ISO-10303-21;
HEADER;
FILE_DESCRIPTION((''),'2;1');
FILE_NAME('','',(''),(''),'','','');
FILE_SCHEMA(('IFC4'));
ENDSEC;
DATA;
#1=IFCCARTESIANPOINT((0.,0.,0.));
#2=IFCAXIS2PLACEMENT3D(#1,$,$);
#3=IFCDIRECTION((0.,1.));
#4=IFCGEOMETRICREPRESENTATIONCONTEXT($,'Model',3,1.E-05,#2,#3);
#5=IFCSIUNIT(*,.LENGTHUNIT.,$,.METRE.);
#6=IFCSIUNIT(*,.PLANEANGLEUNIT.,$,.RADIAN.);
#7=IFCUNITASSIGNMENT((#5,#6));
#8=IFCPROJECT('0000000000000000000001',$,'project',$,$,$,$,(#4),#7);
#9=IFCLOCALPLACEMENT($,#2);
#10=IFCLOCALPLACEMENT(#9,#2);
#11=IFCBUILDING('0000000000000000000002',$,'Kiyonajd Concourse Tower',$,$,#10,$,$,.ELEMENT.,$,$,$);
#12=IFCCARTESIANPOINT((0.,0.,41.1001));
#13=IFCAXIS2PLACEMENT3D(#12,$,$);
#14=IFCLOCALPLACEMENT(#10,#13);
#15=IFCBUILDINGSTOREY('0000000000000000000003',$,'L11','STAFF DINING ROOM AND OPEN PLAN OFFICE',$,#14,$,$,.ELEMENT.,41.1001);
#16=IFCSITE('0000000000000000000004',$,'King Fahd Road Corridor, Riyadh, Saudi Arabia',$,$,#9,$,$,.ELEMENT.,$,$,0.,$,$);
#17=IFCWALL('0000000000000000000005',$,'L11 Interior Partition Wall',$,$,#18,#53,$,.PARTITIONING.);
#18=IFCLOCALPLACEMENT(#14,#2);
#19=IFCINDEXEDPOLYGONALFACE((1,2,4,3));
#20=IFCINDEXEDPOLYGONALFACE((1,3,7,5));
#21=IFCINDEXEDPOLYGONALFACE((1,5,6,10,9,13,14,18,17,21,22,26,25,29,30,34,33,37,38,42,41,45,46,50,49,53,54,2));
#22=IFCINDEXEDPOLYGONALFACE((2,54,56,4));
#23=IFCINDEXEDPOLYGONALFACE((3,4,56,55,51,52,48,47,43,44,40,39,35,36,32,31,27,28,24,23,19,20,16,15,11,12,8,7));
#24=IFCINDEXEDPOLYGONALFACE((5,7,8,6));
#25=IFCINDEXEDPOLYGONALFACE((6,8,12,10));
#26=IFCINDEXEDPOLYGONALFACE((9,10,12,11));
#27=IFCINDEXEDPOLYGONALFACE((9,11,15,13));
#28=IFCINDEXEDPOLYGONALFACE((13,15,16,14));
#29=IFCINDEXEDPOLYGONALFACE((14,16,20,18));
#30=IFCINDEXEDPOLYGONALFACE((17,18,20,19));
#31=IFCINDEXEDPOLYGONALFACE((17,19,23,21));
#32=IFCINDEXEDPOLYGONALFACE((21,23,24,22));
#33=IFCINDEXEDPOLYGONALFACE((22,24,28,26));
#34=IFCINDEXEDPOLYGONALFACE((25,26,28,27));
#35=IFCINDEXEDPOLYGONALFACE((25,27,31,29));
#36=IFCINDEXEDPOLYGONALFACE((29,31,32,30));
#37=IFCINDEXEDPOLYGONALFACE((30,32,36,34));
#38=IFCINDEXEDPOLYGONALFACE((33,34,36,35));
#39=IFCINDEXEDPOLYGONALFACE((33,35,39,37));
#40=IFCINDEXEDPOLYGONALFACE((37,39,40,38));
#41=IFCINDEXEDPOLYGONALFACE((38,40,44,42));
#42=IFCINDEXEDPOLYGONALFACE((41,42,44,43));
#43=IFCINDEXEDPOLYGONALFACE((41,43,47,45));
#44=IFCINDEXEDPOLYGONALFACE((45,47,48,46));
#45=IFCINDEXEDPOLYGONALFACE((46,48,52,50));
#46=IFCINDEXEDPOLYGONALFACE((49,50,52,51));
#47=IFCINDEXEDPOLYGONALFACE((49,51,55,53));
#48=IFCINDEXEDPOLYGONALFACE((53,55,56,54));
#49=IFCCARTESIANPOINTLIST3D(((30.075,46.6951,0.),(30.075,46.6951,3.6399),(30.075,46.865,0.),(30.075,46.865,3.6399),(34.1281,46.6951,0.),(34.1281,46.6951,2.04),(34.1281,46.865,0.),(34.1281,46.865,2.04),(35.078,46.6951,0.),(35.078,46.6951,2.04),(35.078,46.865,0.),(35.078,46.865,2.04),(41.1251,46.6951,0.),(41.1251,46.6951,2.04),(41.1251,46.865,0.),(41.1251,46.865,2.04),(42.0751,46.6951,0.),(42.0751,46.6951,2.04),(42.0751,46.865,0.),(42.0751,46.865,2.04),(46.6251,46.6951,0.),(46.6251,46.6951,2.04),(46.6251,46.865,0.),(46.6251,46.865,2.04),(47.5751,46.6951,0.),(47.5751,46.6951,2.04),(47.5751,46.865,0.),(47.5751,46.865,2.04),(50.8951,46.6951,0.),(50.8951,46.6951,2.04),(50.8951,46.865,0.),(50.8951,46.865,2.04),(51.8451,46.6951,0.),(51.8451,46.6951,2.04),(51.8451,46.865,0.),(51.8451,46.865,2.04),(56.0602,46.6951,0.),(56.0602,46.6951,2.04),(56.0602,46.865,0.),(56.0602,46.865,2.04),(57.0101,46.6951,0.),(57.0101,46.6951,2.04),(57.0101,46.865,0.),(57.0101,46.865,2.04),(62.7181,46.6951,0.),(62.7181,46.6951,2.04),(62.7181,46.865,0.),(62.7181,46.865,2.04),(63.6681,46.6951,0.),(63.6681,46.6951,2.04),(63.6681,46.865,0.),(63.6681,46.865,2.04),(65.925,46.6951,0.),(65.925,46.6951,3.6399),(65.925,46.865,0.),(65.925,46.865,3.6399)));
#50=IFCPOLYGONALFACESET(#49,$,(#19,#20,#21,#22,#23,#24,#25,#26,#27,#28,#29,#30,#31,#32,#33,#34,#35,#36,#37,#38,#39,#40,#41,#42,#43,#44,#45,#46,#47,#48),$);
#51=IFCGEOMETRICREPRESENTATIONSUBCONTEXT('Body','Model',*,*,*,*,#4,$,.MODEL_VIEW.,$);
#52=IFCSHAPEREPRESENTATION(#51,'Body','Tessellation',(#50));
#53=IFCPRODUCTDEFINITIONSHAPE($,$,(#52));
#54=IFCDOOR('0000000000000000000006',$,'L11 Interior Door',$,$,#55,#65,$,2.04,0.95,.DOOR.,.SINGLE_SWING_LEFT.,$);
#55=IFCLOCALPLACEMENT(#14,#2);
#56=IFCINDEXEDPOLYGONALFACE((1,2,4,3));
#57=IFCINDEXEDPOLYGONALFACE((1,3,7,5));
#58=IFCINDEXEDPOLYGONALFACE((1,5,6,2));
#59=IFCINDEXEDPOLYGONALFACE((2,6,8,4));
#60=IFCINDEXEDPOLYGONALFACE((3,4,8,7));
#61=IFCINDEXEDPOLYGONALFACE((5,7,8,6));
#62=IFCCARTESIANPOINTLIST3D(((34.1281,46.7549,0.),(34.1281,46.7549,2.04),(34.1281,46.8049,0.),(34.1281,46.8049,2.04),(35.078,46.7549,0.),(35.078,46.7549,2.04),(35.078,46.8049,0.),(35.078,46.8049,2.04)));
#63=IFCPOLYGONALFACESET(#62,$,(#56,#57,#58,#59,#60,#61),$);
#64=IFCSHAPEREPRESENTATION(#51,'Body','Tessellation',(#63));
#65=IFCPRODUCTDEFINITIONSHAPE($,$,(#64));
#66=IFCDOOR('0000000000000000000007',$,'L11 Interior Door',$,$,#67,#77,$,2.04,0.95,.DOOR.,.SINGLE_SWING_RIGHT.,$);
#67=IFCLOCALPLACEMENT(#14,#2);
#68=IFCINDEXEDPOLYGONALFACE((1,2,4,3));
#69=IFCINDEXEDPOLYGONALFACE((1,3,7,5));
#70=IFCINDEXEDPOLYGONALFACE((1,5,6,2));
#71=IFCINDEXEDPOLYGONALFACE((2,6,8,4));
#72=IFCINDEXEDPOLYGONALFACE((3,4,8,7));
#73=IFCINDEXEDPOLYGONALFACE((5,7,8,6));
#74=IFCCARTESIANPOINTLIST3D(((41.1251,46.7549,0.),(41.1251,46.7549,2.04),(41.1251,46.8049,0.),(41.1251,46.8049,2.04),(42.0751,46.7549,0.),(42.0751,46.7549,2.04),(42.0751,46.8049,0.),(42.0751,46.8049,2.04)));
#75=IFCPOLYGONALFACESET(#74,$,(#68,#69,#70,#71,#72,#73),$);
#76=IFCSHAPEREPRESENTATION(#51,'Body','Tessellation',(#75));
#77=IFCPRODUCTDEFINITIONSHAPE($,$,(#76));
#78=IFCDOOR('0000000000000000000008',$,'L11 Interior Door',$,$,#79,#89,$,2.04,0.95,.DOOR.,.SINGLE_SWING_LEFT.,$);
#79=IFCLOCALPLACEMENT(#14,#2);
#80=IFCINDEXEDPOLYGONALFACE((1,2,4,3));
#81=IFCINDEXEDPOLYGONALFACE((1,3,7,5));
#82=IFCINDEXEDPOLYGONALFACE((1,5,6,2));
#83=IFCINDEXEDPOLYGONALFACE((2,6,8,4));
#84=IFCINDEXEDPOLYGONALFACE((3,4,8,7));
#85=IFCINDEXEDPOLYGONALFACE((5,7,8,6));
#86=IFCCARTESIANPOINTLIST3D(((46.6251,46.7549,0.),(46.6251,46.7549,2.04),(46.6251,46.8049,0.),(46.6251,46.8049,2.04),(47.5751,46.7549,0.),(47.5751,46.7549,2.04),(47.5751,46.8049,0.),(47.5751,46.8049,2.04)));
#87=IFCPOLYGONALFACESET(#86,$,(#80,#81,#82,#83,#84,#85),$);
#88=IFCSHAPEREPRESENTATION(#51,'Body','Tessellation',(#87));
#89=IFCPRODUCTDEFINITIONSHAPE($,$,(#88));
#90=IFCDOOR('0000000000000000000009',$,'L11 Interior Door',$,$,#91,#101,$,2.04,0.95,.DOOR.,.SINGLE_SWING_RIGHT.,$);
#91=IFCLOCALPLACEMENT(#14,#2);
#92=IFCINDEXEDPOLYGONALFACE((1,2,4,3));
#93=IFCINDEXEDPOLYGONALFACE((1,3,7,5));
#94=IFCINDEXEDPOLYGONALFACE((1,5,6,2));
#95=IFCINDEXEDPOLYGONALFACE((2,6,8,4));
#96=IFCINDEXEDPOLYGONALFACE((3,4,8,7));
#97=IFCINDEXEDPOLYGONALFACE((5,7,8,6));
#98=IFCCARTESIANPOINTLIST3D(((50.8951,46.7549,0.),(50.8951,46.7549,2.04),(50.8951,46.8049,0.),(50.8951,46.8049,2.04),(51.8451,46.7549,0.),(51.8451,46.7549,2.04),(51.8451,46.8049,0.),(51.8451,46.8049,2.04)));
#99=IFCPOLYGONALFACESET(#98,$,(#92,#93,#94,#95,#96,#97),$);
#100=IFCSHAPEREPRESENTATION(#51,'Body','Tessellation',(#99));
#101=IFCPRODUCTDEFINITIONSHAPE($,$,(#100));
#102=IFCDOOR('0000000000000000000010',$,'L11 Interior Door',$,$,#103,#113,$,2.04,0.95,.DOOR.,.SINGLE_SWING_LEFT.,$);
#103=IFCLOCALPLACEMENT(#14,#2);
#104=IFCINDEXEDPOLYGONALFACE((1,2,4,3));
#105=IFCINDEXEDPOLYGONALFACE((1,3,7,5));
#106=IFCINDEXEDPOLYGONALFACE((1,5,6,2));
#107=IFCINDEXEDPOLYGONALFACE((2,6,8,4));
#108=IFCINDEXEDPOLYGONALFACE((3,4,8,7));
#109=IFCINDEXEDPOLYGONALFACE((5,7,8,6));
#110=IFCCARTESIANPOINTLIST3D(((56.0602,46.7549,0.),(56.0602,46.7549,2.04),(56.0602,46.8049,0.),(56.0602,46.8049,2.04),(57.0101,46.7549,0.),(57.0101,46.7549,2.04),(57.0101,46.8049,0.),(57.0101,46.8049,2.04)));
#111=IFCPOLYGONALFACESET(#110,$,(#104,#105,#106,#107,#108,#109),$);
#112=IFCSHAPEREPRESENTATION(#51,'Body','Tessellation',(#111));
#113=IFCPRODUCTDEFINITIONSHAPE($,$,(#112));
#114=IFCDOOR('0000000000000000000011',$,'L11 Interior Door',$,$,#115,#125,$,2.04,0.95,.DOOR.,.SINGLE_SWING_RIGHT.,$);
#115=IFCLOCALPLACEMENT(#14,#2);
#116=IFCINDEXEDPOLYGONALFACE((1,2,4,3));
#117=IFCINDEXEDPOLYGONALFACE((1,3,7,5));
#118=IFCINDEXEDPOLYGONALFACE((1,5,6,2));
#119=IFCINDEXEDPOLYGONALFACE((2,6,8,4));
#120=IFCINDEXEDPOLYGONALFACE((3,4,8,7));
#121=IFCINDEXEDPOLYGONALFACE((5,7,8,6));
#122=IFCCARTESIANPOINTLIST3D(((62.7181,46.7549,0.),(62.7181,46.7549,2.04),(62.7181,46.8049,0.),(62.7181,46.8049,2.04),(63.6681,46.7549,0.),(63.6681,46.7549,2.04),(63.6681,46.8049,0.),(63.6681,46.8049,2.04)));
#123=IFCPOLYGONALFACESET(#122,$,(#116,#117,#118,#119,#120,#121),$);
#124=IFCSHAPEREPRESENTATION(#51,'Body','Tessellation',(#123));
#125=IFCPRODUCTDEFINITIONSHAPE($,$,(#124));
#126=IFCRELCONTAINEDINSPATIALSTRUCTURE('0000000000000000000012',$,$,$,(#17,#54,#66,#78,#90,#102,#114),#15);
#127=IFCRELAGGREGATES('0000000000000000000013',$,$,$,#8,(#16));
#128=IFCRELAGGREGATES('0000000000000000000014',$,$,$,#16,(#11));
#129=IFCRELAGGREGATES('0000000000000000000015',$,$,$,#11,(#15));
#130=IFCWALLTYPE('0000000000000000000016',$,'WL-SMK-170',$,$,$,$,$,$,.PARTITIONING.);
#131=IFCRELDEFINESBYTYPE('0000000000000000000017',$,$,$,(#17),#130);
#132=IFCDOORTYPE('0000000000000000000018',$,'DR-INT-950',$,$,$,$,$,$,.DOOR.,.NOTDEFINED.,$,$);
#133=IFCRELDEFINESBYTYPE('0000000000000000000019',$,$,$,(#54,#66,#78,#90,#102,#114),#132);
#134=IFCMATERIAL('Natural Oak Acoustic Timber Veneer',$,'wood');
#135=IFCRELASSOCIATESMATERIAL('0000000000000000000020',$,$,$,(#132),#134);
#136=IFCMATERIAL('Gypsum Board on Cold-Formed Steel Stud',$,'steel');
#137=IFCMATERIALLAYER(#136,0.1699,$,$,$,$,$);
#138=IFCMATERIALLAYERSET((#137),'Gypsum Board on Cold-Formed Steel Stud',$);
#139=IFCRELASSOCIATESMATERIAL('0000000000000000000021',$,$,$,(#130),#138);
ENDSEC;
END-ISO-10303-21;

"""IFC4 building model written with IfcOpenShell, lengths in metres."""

from ifc_helpers import new_model, si_unit, direction, frame, frame_2d, origin, place, context, subcontext, project, spatial, rectangle, extrude, material, layer, layer_set, type_object, element, fill, save


model = new_model("IFC4")

# Units and contexts
model_context = context("Model", 3, precision=1e-05, world=origin(), true_north=direction((0.0, 1.0)))
body_context = subcontext(model_context, "Body", "Model", "MODEL_VIEW")
ifc_project = project(units=[si_unit("LENGTHUNIT", "METRE"), si_unit("PLANEANGLEUNIT", "RADIAN")], contexts=[model_context])

# Site, building, storey
site_placement = place(None, origin())
site = spatial("IfcSite", under=ifc_project, at=site_placement, Name="King Fahd Road Corridor, Riyadh, Saudi Arabia", CompositionType="ELEMENT", RefElevation=0.0)
building_placement = place(site_placement, origin())
building = spatial("IfcBuilding", under=site, at=building_placement, Name="Kiyonajd Concourse Tower", CompositionType="ELEMENT")
storey_placement = place(building_placement, frame((0.0, 0.0, 41.1001)))
storey = spatial("IfcBuildingStorey", under=building, at=storey_placement, Name="L11", Description="STAFF DINING ROOM AND OPEN PLAN OFFICE", CompositionType="ELEMENT", Elevation=41.1001)

# Shared definitions
ifc_material_1 = material(Name="Natural Oak Acoustic Timber Veneer", Category="wood")
door_type_1 = type_object("IfcDoorType", Name="DR-INT-950", OperationType="NOTDEFINED", PredefinedType="DOOR", material=ifc_material_1)

# Shared definitions
ifc_material_2 = material(Name="Gypsum Board on Cold-Formed Steel Stud", Category="steel")

# Wall, openings, doors
ifc_layer_1 = layer(ifc_material_2, 0.1699)
ifc_layer_set_1 = layer_set([ifc_layer_1], Name="Gypsum Board on Cold-Formed Steel Stud")
wall_type_1 = type_object("IfcWallType", Name="WL-SMK-170", PredefinedType="PARTITIONING", material=ifc_layer_set_1)
wall_1_placement = place(storey_placement, frame((30.075, 46.78, 0.0), z_axis=(0.0, 0.0, 1.0), x_axis=(1.0, 0.0, 0.0)))
wall_1 = element("IfcWall", 1, at=wall_1_placement, inside=storey, type_object=wall_type_1, Name="L11 Interior Partition Wall", PredefinedType="PARTITIONING", context=body_context, shape_type="SweptSolid", body=[
    extrude(rectangle(XDim=35.8501, YDim=0.1699, at=frame_2d((17.925, 0.0))), origin(), (0.0, 0.0, 1.0), 3.6399),
])
opening_1_placement = place(wall_1_placement, frame((4.053, 0.0, 0.0)))
opening_1 = element("IfcOpeningElement", 2, at=opening_1_placement, cuts=wall_1, PredefinedType="OPENING", context=body_context, shape_type="SweptSolid", body=[
    extrude(rectangle(XDim=0.95, YDim=2.04, at=frame_2d((0.4751, 1.02))), frame((0.0, 0.095, 0.0), z_axis=(0.0, -1.0, 0.0), x_axis=(1.0, 0.0, 0.0)), (0.0, 0.0, 1.0), 0.1899),
])
opening_2_placement = place(wall_1_placement, frame((11.05, 0.0, 0.0)))
opening_2 = element("IfcOpeningElement", 3, at=opening_2_placement, cuts=wall_1, PredefinedType="OPENING", context=body_context, shape_type="SweptSolid", body=[
    extrude(rectangle(XDim=0.95, YDim=2.04, at=frame_2d((0.4751, 1.02))), frame((0.0, 0.095, 0.0), z_axis=(0.0, -1.0, 0.0), x_axis=(1.0, 0.0, 0.0)), (0.0, 0.0, 1.0), 0.1899),
])
opening_3_placement = place(wall_1_placement, frame((16.55, 0.0, 0.0)))
opening_3 = element("IfcOpeningElement", 4, at=opening_3_placement, cuts=wall_1, PredefinedType="OPENING", context=body_context, shape_type="SweptSolid", body=[
    extrude(rectangle(XDim=0.95, YDim=2.04, at=frame_2d((0.4751, 1.02))), frame((0.0, 0.095, 0.0), z_axis=(0.0, -1.0, 0.0), x_axis=(1.0, 0.0, 0.0)), (0.0, 0.0, 1.0), 0.1899),
])
opening_4_placement = place(wall_1_placement, frame((20.8201, 0.0, 0.0)))
opening_4 = element("IfcOpeningElement", 5, at=opening_4_placement, cuts=wall_1, PredefinedType="OPENING", context=body_context, shape_type="SweptSolid", body=[
    extrude(rectangle(XDim=0.95, YDim=2.04, at=frame_2d((0.4751, 1.02))), frame((0.0, 0.095, 0.0), z_axis=(0.0, -1.0, 0.0), x_axis=(1.0, 0.0, 0.0)), (0.0, 0.0, 1.0), 0.1899),
])
opening_5_placement = place(wall_1_placement, frame((25.9851, 0.0, 0.0)))
opening_5 = element("IfcOpeningElement", 6, at=opening_5_placement, cuts=wall_1, PredefinedType="OPENING", context=body_context, shape_type="SweptSolid", body=[
    extrude(rectangle(XDim=0.95, YDim=2.04, at=frame_2d((0.4751, 1.02))), frame((0.0, 0.095, 0.0), z_axis=(0.0, -1.0, 0.0), x_axis=(1.0, 0.0, 0.0)), (0.0, 0.0, 1.0), 0.1899),
])
opening_6_placement = place(wall_1_placement, frame((32.6431, 0.0, 0.0)))
opening_6 = element("IfcOpeningElement", 7, at=opening_6_placement, cuts=wall_1, PredefinedType="OPENING", context=body_context, shape_type="SweptSolid", body=[
    extrude(rectangle(XDim=0.95, YDim=2.04, at=frame_2d((0.4751, 1.02))), frame((0.0, 0.095, 0.0), z_axis=(0.0, -1.0, 0.0), x_axis=(1.0, 0.0, 0.0)), (0.0, 0.0, 1.0), 0.1899),
])
door_1_placement = place(opening_1_placement, origin())
door_1 = element("IfcDoor", 8, at=door_1_placement, inside=storey, type_object=door_type_1, Name="L11 Interior Door", OperationType="SINGLE_SWING_LEFT", OverallHeight=2.04, OverallWidth=0.95, PredefinedType="DOOR", context=body_context, shape_type="SweptSolid", body=[
    extrude(rectangle(XDim=0.95, YDim=2.04, at=frame_2d((0.4751, 1.02))), frame((0.0, 0.0249, 0.0), z_axis=(0.0, -1.0, 0.0), x_axis=(1.0, 0.0, 0.0)), (0.0, 0.0, 1.0), 0.05),
])
fill(opening_1, door_1)
door_2_placement = place(opening_2_placement, origin())
door_2 = element("IfcDoor", 9, at=door_2_placement, inside=storey, type_object=door_type_1, Name="L11 Interior Door", OperationType="SINGLE_SWING_RIGHT", OverallHeight=2.04, OverallWidth=0.95, PredefinedType="DOOR", context=body_context, shape_type="SweptSolid", body=[
    extrude(rectangle(XDim=0.95, YDim=2.04, at=frame_2d((0.4751, 1.02))), frame((0.0, 0.0249, 0.0), z_axis=(0.0, -1.0, 0.0), x_axis=(1.0, 0.0, 0.0)), (0.0, 0.0, 1.0), 0.05),
])
fill(opening_2, door_2)
door_3_placement = place(opening_3_placement, origin())
door_3 = element("IfcDoor", 10, at=door_3_placement, inside=storey, type_object=door_type_1, Name="L11 Interior Door", OperationType="SINGLE_SWING_LEFT", OverallHeight=2.04, OverallWidth=0.95, PredefinedType="DOOR", context=body_context, shape_type="SweptSolid", body=[
    extrude(rectangle(XDim=0.95, YDim=2.04, at=frame_2d((0.4751, 1.02))), frame((0.0, 0.0249, 0.0), z_axis=(0.0, -1.0, 0.0), x_axis=(1.0, 0.0, 0.0)), (0.0, 0.0, 1.0), 0.05),
])
fill(opening_3, door_3)
door_4_placement = place(opening_4_placement, origin())
door_4 = element("IfcDoor", 11, at=door_4_placement, inside=storey, type_object=door_type_1, Name="L11 Interior Door", OperationType="SINGLE_SWING_RIGHT", OverallHeight=2.04, OverallWidth=0.95, PredefinedType="DOOR", context=body_context, shape_type="SweptSolid", body=[
    extrude(rectangle(XDim=0.95, YDim=2.04, at=frame_2d((0.4751, 1.02))), frame((0.0, 0.0249, 0.0), z_axis=(0.0, -1.0, 0.0), x_axis=(1.0, 0.0, 0.0)), (0.0, 0.0, 1.0), 0.05),
])
fill(opening_4, door_4)
door_5_placement = place(opening_5_placement, origin())
door_5 = element("IfcDoor", 12, at=door_5_placement, inside=storey, type_object=door_type_1, Name="L11 Interior Door", OperationType="SINGLE_SWING_LEFT", OverallHeight=2.04, OverallWidth=0.95, PredefinedType="DOOR", context=body_context, shape_type="SweptSolid", body=[
    extrude(rectangle(XDim=0.95, YDim=2.04, at=frame_2d((0.4751, 1.02))), frame((0.0, 0.0249, 0.0), z_axis=(0.0, -1.0, 0.0), x_axis=(1.0, 0.0, 0.0)), (0.0, 0.0, 1.0), 0.05),
])
fill(opening_5, door_5)
door_6_placement = place(opening_6_placement, origin())
door_6 = element("IfcDoor", 13, at=door_6_placement, inside=storey, type_object=door_type_1, Name="L11 Interior Door", OperationType="SINGLE_SWING_RIGHT", OverallHeight=2.04, OverallWidth=0.95, PredefinedType="DOOR", context=body_context, shape_type="SweptSolid", body=[
    extrude(rectangle(XDim=0.95, YDim=2.04, at=frame_2d((0.4751, 1.02))), frame((0.0, 0.0249, 0.0), z_axis=(0.0, -1.0, 0.0), x_axis=(1.0, 0.0, 0.0)), (0.0, 0.0, 1.0), 0.05),
])
fill(opening_6, door_6)

save(model, "model.ifc")
